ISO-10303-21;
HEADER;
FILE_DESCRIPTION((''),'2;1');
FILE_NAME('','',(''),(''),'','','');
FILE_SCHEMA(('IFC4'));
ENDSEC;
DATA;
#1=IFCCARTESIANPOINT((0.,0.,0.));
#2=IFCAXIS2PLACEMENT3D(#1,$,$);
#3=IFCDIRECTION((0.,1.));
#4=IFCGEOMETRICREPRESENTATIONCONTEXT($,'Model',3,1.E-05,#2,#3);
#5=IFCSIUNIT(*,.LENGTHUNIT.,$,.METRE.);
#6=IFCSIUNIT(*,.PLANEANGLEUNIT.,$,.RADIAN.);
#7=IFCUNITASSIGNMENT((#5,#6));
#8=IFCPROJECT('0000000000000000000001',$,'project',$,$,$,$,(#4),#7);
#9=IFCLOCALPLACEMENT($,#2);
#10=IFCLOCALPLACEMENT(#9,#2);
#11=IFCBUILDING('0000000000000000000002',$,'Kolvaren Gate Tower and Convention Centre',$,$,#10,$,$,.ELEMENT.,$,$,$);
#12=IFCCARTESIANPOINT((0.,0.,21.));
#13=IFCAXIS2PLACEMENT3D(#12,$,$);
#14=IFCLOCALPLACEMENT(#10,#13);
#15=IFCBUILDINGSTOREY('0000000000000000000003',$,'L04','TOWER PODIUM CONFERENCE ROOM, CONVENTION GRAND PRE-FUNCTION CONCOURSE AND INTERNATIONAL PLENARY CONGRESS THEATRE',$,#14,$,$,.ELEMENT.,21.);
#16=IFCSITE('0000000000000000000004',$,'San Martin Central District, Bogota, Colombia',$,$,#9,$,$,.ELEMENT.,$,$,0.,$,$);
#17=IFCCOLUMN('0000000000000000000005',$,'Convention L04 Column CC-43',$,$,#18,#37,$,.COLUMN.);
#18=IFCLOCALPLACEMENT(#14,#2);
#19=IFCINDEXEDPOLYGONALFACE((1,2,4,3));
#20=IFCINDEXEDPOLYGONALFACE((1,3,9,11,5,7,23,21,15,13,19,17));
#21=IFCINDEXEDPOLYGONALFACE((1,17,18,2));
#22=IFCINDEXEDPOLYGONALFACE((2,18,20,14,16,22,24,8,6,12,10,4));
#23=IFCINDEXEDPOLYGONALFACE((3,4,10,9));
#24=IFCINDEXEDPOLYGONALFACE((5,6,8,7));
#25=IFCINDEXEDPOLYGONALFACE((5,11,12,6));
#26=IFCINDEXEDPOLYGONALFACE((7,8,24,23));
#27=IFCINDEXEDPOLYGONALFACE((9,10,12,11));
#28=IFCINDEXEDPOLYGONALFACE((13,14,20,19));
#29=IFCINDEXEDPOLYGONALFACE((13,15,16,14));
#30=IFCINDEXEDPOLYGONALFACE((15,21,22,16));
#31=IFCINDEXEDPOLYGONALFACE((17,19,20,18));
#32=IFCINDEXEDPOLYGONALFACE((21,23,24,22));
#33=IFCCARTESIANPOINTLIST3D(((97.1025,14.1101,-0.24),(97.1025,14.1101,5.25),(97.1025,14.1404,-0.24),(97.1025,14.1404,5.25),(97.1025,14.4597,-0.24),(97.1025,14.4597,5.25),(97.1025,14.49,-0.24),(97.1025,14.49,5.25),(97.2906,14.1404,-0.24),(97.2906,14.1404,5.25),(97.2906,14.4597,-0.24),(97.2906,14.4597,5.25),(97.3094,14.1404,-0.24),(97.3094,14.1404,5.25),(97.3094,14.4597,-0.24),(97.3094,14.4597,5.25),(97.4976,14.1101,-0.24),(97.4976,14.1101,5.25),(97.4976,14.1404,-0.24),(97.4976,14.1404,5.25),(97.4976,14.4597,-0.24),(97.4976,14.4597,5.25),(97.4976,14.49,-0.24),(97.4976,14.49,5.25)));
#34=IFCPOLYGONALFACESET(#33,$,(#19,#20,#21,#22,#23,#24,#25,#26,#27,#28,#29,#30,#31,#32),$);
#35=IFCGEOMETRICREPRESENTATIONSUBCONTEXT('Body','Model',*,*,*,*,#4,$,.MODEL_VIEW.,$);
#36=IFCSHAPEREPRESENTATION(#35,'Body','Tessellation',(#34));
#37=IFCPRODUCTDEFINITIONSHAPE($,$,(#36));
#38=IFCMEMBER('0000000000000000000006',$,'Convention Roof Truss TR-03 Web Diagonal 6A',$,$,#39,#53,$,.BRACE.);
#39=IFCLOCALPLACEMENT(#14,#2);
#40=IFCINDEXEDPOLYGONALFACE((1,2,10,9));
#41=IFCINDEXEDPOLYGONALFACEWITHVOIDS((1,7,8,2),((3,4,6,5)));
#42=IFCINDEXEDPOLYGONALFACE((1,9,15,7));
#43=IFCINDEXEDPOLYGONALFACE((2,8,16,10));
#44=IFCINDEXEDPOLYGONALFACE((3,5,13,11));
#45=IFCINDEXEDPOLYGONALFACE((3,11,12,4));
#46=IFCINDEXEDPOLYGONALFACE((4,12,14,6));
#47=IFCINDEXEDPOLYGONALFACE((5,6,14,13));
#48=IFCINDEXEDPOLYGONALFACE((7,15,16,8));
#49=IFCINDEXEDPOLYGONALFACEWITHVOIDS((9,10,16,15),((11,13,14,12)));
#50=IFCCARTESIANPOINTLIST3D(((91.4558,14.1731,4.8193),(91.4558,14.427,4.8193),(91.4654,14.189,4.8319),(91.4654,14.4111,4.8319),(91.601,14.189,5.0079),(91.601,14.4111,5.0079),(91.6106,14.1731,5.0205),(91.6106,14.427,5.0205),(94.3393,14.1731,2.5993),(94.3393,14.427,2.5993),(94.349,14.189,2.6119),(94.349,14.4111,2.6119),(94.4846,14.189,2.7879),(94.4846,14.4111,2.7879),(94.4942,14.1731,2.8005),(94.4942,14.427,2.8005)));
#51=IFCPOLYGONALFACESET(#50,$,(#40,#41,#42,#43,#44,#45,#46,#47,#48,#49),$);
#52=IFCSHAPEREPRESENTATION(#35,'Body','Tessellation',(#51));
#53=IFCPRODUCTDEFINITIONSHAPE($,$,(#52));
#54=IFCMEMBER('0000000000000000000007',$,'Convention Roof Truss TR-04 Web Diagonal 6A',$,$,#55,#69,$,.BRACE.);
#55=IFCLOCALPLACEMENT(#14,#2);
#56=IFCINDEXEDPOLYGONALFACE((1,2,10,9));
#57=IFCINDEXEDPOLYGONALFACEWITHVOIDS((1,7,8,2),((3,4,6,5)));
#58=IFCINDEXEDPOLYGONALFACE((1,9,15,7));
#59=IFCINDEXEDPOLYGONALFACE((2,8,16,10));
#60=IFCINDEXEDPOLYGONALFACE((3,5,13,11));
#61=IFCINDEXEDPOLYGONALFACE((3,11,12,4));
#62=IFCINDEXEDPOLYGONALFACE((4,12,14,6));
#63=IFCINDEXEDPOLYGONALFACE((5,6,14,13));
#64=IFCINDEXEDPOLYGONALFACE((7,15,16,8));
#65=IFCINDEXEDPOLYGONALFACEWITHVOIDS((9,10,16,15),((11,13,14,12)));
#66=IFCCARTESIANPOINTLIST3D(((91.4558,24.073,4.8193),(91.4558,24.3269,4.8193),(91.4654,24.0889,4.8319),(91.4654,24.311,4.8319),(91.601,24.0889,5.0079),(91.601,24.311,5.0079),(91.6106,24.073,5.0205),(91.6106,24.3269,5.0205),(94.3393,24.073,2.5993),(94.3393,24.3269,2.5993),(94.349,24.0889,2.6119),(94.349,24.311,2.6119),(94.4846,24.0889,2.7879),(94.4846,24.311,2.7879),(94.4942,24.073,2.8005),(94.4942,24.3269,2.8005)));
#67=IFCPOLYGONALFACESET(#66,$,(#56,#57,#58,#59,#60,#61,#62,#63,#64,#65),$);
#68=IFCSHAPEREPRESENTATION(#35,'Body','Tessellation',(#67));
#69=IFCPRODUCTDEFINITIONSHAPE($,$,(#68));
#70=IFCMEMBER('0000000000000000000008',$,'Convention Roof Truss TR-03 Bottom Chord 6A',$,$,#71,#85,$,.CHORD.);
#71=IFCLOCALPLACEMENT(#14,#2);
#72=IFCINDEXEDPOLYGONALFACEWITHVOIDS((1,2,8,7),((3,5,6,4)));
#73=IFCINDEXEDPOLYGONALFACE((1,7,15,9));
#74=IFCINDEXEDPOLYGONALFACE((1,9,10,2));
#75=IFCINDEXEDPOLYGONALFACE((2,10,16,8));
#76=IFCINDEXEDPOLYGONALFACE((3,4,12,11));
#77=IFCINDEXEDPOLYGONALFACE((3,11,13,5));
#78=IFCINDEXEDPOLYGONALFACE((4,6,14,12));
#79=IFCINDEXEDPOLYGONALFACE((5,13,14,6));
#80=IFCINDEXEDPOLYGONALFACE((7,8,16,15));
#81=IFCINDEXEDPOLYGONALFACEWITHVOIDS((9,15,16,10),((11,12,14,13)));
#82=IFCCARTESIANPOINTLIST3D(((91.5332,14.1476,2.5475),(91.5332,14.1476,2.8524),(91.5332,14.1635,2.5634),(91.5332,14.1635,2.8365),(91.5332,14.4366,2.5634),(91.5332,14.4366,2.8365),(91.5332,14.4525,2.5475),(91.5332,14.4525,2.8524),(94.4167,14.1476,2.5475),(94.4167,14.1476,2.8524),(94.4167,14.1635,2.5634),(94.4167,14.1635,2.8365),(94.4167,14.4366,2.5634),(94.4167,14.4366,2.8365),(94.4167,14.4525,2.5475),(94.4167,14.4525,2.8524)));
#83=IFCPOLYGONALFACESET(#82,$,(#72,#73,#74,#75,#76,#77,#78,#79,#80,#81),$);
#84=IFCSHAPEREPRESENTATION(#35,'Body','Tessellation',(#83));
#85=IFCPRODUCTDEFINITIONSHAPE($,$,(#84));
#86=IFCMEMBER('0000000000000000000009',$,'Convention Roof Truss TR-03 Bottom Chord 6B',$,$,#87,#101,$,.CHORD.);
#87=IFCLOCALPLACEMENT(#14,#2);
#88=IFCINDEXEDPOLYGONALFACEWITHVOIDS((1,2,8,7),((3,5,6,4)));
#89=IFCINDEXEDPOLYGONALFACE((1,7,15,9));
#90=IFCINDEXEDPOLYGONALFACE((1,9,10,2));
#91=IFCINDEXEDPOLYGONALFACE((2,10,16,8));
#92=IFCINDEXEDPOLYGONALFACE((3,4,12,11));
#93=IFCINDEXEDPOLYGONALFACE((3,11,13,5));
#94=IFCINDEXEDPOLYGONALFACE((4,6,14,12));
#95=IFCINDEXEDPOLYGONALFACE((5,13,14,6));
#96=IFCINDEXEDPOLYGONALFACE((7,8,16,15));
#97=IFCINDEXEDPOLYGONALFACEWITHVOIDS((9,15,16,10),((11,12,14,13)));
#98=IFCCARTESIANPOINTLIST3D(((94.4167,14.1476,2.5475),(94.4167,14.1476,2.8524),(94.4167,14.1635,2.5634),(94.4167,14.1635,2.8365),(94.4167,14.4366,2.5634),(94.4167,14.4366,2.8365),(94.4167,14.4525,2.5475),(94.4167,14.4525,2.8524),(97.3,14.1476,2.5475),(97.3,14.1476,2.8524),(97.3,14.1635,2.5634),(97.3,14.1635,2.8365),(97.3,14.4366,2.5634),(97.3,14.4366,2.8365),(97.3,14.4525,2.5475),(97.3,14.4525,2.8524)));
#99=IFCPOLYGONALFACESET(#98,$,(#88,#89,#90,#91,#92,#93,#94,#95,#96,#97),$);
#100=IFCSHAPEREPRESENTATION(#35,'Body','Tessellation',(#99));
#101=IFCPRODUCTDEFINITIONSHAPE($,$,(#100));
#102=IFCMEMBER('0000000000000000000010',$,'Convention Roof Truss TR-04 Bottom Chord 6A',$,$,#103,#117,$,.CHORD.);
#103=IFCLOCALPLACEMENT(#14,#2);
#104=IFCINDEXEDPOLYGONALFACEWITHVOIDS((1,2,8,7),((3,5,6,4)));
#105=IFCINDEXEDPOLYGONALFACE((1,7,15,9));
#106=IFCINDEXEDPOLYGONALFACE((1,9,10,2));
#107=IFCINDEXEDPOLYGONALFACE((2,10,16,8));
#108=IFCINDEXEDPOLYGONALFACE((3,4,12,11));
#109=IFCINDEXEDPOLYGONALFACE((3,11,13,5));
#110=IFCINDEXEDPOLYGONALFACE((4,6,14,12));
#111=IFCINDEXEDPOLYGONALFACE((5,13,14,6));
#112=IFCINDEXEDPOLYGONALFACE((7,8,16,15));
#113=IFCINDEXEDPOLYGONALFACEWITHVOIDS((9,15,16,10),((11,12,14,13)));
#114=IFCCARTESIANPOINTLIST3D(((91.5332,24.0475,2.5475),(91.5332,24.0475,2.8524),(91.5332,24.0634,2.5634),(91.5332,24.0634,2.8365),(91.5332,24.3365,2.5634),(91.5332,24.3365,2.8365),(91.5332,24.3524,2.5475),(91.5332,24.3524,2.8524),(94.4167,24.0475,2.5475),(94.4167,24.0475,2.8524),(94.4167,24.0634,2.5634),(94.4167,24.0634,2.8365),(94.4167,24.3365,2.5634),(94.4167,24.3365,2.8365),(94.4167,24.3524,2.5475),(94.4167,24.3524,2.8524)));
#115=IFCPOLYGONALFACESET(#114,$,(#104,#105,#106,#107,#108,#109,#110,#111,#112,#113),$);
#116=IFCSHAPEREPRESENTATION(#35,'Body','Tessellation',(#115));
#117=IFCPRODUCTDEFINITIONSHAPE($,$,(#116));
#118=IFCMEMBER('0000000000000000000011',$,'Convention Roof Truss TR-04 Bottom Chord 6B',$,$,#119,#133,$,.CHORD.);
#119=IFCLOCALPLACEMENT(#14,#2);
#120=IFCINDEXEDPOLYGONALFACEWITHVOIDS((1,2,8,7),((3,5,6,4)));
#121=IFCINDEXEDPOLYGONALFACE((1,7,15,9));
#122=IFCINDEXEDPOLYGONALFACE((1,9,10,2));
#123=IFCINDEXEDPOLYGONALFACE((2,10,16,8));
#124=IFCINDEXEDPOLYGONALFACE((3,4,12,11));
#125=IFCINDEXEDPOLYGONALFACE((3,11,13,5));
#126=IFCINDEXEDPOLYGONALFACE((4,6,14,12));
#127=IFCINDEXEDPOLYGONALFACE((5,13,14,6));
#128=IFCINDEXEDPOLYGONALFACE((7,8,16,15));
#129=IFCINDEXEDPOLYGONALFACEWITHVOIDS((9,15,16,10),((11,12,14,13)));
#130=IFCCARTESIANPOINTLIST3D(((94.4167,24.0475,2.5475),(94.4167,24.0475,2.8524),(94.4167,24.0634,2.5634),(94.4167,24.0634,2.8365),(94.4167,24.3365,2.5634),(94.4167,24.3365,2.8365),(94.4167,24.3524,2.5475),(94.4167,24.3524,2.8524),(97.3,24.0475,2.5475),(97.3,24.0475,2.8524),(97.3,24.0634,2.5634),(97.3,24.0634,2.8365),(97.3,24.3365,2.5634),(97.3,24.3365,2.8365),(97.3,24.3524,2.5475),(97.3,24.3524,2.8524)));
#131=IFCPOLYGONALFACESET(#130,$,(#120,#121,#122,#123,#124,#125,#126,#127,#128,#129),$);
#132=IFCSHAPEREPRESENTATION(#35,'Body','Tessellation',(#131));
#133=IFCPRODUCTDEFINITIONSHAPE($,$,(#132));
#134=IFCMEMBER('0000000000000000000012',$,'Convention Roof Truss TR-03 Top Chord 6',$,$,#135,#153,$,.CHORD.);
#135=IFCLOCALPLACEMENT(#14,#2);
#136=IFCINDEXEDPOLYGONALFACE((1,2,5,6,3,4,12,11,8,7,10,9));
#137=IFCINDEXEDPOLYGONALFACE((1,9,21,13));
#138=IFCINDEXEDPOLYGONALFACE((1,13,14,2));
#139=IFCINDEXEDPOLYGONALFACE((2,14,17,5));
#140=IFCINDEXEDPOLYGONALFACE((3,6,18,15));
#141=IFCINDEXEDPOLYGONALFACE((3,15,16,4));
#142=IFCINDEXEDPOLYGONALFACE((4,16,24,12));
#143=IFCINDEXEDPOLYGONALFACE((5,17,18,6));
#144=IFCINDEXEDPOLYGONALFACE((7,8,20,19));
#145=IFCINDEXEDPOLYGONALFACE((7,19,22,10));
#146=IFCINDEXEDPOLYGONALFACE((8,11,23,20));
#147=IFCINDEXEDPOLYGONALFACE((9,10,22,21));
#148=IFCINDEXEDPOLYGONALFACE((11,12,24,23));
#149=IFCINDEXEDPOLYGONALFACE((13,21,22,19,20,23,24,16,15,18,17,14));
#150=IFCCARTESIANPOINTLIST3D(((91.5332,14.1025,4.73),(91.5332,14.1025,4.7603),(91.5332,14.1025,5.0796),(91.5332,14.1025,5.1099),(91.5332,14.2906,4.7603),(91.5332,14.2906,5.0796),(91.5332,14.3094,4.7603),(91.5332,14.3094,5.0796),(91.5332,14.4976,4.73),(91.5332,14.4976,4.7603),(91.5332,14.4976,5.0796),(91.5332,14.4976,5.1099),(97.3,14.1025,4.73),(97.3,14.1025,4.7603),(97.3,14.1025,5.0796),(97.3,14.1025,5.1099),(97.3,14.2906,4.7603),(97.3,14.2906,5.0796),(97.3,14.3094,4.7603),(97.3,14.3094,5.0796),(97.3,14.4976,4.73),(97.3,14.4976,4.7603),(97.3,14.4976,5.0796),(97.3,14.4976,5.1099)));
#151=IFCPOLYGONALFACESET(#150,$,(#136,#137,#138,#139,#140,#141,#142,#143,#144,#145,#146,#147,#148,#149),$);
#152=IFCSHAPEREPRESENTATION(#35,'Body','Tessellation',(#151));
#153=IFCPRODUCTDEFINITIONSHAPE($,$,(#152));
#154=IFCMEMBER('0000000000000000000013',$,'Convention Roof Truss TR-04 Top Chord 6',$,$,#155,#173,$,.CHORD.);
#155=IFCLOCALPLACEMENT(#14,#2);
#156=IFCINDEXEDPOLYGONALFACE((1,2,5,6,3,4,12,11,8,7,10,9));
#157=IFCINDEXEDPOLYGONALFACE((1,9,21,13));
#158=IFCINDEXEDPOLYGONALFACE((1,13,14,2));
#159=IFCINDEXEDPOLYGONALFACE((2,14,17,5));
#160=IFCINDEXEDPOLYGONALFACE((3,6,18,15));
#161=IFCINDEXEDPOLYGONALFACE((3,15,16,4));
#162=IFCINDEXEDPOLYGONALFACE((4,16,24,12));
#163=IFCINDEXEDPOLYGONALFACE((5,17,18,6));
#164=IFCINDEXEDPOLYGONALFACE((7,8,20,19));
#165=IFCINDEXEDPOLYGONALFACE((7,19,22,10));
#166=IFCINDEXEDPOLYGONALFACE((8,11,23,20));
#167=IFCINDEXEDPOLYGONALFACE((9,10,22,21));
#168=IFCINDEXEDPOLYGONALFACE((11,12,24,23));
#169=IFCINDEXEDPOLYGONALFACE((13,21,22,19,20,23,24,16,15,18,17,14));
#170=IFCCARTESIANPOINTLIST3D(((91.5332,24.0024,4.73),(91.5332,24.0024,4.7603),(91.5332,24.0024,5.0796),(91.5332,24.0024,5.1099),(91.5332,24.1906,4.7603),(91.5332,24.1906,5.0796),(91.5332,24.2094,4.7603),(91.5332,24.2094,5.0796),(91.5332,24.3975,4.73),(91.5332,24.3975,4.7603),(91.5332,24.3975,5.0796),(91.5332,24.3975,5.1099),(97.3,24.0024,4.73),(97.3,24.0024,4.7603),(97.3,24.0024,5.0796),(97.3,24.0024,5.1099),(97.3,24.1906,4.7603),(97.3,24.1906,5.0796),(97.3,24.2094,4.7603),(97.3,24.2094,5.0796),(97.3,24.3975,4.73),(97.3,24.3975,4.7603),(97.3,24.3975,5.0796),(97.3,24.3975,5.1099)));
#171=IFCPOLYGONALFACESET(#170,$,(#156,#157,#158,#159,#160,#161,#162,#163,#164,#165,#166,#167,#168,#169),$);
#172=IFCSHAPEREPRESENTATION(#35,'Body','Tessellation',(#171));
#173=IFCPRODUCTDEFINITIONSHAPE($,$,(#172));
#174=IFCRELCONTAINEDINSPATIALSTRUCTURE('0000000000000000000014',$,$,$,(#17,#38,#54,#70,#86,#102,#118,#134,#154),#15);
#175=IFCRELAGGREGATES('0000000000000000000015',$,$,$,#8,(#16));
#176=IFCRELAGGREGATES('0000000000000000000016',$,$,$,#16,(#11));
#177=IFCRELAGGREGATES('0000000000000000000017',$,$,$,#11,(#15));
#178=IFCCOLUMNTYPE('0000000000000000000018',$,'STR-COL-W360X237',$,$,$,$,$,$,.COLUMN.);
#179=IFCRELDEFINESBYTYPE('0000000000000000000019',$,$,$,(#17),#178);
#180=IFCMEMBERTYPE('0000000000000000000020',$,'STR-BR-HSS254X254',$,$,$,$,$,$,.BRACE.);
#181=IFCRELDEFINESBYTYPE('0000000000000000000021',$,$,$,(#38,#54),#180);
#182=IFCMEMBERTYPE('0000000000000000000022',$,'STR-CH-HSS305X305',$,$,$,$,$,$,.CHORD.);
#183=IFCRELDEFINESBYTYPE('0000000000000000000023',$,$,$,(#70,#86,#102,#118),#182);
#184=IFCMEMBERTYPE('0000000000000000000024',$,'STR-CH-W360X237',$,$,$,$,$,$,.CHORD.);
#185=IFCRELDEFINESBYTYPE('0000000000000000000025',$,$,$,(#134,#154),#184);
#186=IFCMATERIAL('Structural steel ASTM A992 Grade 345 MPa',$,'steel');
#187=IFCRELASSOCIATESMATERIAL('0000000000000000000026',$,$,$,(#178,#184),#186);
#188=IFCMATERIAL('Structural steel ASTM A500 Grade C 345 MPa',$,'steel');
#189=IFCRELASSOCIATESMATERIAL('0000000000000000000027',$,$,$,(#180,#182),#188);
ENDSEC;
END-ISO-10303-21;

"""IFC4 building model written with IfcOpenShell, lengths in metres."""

from ifc_helpers import new_model, si_unit, direction, frame, origin, origin_2d, place, context, subcontext, project, spatial, hollow_rectangle, i_section, extrude, material, material_profile, profile_set, type_object, element, save


model = new_model("IFC4")

# Units and contexts
model_context = context("Model", 3, precision=1e-05, world=origin(), true_north=direction((0.0, 1.0)))
body_context = subcontext(model_context, "Body", "Model", "MODEL_VIEW")
ifc_project = project(units=[si_unit("LENGTHUNIT", "METRE"), si_unit("PLANEANGLEUNIT", "RADIAN")], contexts=[model_context])

# Site, building, storey
site_placement = place(None, origin())
site = spatial("IfcSite", under=ifc_project, at=site_placement, Name="San Martin Central District, Bogota, Colombia", CompositionType="ELEMENT", RefElevation=0.0)
building_placement = place(site_placement, origin())
building = spatial("IfcBuilding", under=site, at=building_placement, Name="Kolvaren Gate Tower and Convention Centre", CompositionType="ELEMENT")
storey_placement = place(building_placement, frame((0.0, 0.0, 21.0)))
storey = spatial("IfcBuildingStorey", under=building, at=storey_placement, Name="L04", Description="TOWER PODIUM CONFERENCE ROOM, CONVENTION GRAND PRE-FUNCTION CONCOURSE AND INTERNATIONAL PLENARY CONGRESS THEATRE", CompositionType="ELEMENT", Elevation=21.0)

# Column
ifc_material_1 = material(Name="Structural steel ASTM A992 Grade 345 MPa", Category="steel")
ifc_material_profile_1 = material_profile(ifc_material_1, i_section(OverallWidth=0.395, OverallDepth=0.3799, WebThickness=0.0188, FlangeThickness=0.0303, at=origin_2d()), Name="W360X237")
ifc_profile_set_1 = profile_set([ifc_material_profile_1], Name="Structural steel ASTM A992 Grade 345 MPa")
column_type = type_object("IfcColumnType", Name="STR-COL-W360X237", PredefinedType="COLUMN", material=ifc_profile_set_1)
column_placement = place(storey_placement, frame((97.3, 14.3, -0.24), z_axis=(0.0, 0.0, 1.0), x_axis=(1.0, 0.0, 0.0)))
element("IfcColumn", 1, at=column_placement, inside=storey, type_object=column_type, Name="Convention L04 Column CC-43", PredefinedType="COLUMN", context=body_context, shape_type="SweptSolid", body=[
    extrude(i_section(OverallWidth=0.395, OverallDepth=0.3799, WebThickness=0.0188, FlangeThickness=0.0303, at=origin_2d()), origin(), (0.0, 0.0, 1.0), 5.49),
])

# Members
ifc_material_2 = material(Name="Structural steel ASTM A500 Grade C 345 MPa", Category="steel")
ifc_material_profile_2 = material_profile(ifc_material_2, hollow_rectangle(XDim=0.2539, YDim=0.2539, WallThickness=0.0159, at=origin_2d()), Name="HSS254X254X15.9")
ifc_profile_set_2 = profile_set([ifc_material_profile_2], Name="Structural steel ASTM A500 Grade C 345 MPa")
member_type_1 = type_object("IfcMemberType", Name="STR-BR-HSS254X254", PredefinedType="BRACE", material=ifc_profile_set_2)
for number, where, z_axis, x_axis, name in (
    (2, (91.5332, 14.3, 4.9199), (0.792377, 0.0, -0.610032), (0.0, 1.0, 0.0), "Convention Roof Truss TR-03 Web Diagonal 6A"),
    (3, (91.5332, 24.2, 4.9199), (0.792377, 0.0, -0.610032), (0.0, 1.0, 0.0), "Convention Roof Truss TR-04 Web Diagonal 6A"),
):
    element("IfcMember", number, at=place(storey_placement, frame(where, z_axis=z_axis, x_axis=x_axis)), inside=storey, type_object=member_type_1, Name=name, PredefinedType="BRACE", context=body_context, shape_type="SweptSolid", body=[
        extrude(hollow_rectangle(XDim=0.2539, YDim=0.2539, WallThickness=0.0159, at=origin_2d()), origin(), (0.0, 0.0, 1.0), 3.6392),
    ])
ifc_material_profile_3 = material_profile(ifc_material_2, hollow_rectangle(XDim=0.3049, YDim=0.3049, WallThickness=0.0159, at=origin_2d()), Name="HSS305X305X15.9")
ifc_profile_set_3 = profile_set([ifc_material_profile_3], Name="Structural steel ASTM A500 Grade C 345 MPa")
member_type_2 = type_object("IfcMemberType", Name="STR-CH-HSS305X305", PredefinedType="CHORD", material=ifc_profile_set_3)
member_1_placement = place(storey_placement, frame((91.5332, 14.3, 2.7), z_axis=(1.0, 0.0, 0.0), x_axis=(0.0, 1.0, 0.0)))
element("IfcMember", 4, at=member_1_placement, inside=storey, type_object=member_type_2, Name="Convention Roof Truss TR-03 Bottom Chord 6A", PredefinedType="CHORD", context=body_context, shape_type="SweptSolid", body=[
    extrude(hollow_rectangle(XDim=0.3049, YDim=0.3049, WallThickness=0.0159, at=origin_2d()), origin(), (0.0, 0.0, 1.0), 2.8835),
])
member_2_placement = place(storey_placement, frame((94.4167, 14.3, 2.7), z_axis=(1.0, 0.0, 0.0), x_axis=(0.0, 1.0, 0.0)))
element("IfcMember", 5, at=member_2_placement, inside=storey, type_object=member_type_2, Name="Convention Roof Truss TR-03 Bottom Chord 6B", PredefinedType="CHORD", context=body_context, shape_type="SweptSolid", body=[
    extrude(hollow_rectangle(XDim=0.3049, YDim=0.3049, WallThickness=0.0159, at=origin_2d()), origin(), (0.0, 0.0, 1.0), 2.8833),
])
member_3_placement = place(storey_placement, frame((91.5332, 24.2, 2.7), z_axis=(1.0, 0.0, 0.0), x_axis=(0.0, 1.0, 0.0)))
element("IfcMember", 6, at=member_3_placement, inside=storey, type_object=member_type_2, Name="Convention Roof Truss TR-04 Bottom Chord 6A", PredefinedType="CHORD", context=body_context, shape_type="SweptSolid", body=[
    extrude(hollow_rectangle(XDim=0.3049, YDim=0.3049, WallThickness=0.0159, at=origin_2d()), origin(), (0.0, 0.0, 1.0), 2.8835),
])
member_4_placement = place(storey_placement, frame((94.4167, 24.2, 2.7), z_axis=(1.0, 0.0, 0.0), x_axis=(0.0, 1.0, 0.0)))
element("IfcMember", 7, at=member_4_placement, inside=storey, type_object=member_type_2, Name="Convention Roof Truss TR-04 Bottom Chord 6B", PredefinedType="CHORD", context=body_context, shape_type="SweptSolid", body=[
    extrude(hollow_rectangle(XDim=0.3049, YDim=0.3049, WallThickness=0.0159, at=origin_2d()), origin(), (0.0, 0.0, 1.0), 2.8833),
])
ifc_material_profile_4 = material_profile(ifc_material_1, i_section(OverallWidth=0.395, OverallDepth=0.3799, WebThickness=0.0188, FlangeThickness=0.0303, at=origin_2d()), Name="W360X237")
ifc_profile_set_4 = profile_set([ifc_material_profile_4], Name="Structural steel ASTM A992 Grade 345 MPa")
member_type_3 = type_object("IfcMemberType", Name="STR-CH-W360X237", PredefinedType="CHORD", material=ifc_profile_set_4)
for number, where, z_axis, x_axis, name in (
    (8, (91.5332, 14.3, 4.9199), (1.0, 0.0, 0.0), (0.0, 1.0, 0.0), "Convention Roof Truss TR-03 Top Chord 6"),
    (9, (91.5332, 24.2, 4.9199), (1.0, 0.0, 0.0), (0.0, 1.0, 0.0), "Convention Roof Truss TR-04 Top Chord 6"),
):
    element("IfcMember", number, at=place(storey_placement, frame(where, z_axis=z_axis, x_axis=x_axis)), inside=storey, type_object=member_type_3, Name=name, PredefinedType="CHORD", context=body_context, shape_type="SweptSolid", body=[
        extrude(i_section(OverallWidth=0.395, OverallDepth=0.3799, WebThickness=0.0188, FlangeThickness=0.0303, at=origin_2d()), origin(), (0.0, 0.0, 1.0), 5.7668),
    ])

save(model, "model.ifc")
